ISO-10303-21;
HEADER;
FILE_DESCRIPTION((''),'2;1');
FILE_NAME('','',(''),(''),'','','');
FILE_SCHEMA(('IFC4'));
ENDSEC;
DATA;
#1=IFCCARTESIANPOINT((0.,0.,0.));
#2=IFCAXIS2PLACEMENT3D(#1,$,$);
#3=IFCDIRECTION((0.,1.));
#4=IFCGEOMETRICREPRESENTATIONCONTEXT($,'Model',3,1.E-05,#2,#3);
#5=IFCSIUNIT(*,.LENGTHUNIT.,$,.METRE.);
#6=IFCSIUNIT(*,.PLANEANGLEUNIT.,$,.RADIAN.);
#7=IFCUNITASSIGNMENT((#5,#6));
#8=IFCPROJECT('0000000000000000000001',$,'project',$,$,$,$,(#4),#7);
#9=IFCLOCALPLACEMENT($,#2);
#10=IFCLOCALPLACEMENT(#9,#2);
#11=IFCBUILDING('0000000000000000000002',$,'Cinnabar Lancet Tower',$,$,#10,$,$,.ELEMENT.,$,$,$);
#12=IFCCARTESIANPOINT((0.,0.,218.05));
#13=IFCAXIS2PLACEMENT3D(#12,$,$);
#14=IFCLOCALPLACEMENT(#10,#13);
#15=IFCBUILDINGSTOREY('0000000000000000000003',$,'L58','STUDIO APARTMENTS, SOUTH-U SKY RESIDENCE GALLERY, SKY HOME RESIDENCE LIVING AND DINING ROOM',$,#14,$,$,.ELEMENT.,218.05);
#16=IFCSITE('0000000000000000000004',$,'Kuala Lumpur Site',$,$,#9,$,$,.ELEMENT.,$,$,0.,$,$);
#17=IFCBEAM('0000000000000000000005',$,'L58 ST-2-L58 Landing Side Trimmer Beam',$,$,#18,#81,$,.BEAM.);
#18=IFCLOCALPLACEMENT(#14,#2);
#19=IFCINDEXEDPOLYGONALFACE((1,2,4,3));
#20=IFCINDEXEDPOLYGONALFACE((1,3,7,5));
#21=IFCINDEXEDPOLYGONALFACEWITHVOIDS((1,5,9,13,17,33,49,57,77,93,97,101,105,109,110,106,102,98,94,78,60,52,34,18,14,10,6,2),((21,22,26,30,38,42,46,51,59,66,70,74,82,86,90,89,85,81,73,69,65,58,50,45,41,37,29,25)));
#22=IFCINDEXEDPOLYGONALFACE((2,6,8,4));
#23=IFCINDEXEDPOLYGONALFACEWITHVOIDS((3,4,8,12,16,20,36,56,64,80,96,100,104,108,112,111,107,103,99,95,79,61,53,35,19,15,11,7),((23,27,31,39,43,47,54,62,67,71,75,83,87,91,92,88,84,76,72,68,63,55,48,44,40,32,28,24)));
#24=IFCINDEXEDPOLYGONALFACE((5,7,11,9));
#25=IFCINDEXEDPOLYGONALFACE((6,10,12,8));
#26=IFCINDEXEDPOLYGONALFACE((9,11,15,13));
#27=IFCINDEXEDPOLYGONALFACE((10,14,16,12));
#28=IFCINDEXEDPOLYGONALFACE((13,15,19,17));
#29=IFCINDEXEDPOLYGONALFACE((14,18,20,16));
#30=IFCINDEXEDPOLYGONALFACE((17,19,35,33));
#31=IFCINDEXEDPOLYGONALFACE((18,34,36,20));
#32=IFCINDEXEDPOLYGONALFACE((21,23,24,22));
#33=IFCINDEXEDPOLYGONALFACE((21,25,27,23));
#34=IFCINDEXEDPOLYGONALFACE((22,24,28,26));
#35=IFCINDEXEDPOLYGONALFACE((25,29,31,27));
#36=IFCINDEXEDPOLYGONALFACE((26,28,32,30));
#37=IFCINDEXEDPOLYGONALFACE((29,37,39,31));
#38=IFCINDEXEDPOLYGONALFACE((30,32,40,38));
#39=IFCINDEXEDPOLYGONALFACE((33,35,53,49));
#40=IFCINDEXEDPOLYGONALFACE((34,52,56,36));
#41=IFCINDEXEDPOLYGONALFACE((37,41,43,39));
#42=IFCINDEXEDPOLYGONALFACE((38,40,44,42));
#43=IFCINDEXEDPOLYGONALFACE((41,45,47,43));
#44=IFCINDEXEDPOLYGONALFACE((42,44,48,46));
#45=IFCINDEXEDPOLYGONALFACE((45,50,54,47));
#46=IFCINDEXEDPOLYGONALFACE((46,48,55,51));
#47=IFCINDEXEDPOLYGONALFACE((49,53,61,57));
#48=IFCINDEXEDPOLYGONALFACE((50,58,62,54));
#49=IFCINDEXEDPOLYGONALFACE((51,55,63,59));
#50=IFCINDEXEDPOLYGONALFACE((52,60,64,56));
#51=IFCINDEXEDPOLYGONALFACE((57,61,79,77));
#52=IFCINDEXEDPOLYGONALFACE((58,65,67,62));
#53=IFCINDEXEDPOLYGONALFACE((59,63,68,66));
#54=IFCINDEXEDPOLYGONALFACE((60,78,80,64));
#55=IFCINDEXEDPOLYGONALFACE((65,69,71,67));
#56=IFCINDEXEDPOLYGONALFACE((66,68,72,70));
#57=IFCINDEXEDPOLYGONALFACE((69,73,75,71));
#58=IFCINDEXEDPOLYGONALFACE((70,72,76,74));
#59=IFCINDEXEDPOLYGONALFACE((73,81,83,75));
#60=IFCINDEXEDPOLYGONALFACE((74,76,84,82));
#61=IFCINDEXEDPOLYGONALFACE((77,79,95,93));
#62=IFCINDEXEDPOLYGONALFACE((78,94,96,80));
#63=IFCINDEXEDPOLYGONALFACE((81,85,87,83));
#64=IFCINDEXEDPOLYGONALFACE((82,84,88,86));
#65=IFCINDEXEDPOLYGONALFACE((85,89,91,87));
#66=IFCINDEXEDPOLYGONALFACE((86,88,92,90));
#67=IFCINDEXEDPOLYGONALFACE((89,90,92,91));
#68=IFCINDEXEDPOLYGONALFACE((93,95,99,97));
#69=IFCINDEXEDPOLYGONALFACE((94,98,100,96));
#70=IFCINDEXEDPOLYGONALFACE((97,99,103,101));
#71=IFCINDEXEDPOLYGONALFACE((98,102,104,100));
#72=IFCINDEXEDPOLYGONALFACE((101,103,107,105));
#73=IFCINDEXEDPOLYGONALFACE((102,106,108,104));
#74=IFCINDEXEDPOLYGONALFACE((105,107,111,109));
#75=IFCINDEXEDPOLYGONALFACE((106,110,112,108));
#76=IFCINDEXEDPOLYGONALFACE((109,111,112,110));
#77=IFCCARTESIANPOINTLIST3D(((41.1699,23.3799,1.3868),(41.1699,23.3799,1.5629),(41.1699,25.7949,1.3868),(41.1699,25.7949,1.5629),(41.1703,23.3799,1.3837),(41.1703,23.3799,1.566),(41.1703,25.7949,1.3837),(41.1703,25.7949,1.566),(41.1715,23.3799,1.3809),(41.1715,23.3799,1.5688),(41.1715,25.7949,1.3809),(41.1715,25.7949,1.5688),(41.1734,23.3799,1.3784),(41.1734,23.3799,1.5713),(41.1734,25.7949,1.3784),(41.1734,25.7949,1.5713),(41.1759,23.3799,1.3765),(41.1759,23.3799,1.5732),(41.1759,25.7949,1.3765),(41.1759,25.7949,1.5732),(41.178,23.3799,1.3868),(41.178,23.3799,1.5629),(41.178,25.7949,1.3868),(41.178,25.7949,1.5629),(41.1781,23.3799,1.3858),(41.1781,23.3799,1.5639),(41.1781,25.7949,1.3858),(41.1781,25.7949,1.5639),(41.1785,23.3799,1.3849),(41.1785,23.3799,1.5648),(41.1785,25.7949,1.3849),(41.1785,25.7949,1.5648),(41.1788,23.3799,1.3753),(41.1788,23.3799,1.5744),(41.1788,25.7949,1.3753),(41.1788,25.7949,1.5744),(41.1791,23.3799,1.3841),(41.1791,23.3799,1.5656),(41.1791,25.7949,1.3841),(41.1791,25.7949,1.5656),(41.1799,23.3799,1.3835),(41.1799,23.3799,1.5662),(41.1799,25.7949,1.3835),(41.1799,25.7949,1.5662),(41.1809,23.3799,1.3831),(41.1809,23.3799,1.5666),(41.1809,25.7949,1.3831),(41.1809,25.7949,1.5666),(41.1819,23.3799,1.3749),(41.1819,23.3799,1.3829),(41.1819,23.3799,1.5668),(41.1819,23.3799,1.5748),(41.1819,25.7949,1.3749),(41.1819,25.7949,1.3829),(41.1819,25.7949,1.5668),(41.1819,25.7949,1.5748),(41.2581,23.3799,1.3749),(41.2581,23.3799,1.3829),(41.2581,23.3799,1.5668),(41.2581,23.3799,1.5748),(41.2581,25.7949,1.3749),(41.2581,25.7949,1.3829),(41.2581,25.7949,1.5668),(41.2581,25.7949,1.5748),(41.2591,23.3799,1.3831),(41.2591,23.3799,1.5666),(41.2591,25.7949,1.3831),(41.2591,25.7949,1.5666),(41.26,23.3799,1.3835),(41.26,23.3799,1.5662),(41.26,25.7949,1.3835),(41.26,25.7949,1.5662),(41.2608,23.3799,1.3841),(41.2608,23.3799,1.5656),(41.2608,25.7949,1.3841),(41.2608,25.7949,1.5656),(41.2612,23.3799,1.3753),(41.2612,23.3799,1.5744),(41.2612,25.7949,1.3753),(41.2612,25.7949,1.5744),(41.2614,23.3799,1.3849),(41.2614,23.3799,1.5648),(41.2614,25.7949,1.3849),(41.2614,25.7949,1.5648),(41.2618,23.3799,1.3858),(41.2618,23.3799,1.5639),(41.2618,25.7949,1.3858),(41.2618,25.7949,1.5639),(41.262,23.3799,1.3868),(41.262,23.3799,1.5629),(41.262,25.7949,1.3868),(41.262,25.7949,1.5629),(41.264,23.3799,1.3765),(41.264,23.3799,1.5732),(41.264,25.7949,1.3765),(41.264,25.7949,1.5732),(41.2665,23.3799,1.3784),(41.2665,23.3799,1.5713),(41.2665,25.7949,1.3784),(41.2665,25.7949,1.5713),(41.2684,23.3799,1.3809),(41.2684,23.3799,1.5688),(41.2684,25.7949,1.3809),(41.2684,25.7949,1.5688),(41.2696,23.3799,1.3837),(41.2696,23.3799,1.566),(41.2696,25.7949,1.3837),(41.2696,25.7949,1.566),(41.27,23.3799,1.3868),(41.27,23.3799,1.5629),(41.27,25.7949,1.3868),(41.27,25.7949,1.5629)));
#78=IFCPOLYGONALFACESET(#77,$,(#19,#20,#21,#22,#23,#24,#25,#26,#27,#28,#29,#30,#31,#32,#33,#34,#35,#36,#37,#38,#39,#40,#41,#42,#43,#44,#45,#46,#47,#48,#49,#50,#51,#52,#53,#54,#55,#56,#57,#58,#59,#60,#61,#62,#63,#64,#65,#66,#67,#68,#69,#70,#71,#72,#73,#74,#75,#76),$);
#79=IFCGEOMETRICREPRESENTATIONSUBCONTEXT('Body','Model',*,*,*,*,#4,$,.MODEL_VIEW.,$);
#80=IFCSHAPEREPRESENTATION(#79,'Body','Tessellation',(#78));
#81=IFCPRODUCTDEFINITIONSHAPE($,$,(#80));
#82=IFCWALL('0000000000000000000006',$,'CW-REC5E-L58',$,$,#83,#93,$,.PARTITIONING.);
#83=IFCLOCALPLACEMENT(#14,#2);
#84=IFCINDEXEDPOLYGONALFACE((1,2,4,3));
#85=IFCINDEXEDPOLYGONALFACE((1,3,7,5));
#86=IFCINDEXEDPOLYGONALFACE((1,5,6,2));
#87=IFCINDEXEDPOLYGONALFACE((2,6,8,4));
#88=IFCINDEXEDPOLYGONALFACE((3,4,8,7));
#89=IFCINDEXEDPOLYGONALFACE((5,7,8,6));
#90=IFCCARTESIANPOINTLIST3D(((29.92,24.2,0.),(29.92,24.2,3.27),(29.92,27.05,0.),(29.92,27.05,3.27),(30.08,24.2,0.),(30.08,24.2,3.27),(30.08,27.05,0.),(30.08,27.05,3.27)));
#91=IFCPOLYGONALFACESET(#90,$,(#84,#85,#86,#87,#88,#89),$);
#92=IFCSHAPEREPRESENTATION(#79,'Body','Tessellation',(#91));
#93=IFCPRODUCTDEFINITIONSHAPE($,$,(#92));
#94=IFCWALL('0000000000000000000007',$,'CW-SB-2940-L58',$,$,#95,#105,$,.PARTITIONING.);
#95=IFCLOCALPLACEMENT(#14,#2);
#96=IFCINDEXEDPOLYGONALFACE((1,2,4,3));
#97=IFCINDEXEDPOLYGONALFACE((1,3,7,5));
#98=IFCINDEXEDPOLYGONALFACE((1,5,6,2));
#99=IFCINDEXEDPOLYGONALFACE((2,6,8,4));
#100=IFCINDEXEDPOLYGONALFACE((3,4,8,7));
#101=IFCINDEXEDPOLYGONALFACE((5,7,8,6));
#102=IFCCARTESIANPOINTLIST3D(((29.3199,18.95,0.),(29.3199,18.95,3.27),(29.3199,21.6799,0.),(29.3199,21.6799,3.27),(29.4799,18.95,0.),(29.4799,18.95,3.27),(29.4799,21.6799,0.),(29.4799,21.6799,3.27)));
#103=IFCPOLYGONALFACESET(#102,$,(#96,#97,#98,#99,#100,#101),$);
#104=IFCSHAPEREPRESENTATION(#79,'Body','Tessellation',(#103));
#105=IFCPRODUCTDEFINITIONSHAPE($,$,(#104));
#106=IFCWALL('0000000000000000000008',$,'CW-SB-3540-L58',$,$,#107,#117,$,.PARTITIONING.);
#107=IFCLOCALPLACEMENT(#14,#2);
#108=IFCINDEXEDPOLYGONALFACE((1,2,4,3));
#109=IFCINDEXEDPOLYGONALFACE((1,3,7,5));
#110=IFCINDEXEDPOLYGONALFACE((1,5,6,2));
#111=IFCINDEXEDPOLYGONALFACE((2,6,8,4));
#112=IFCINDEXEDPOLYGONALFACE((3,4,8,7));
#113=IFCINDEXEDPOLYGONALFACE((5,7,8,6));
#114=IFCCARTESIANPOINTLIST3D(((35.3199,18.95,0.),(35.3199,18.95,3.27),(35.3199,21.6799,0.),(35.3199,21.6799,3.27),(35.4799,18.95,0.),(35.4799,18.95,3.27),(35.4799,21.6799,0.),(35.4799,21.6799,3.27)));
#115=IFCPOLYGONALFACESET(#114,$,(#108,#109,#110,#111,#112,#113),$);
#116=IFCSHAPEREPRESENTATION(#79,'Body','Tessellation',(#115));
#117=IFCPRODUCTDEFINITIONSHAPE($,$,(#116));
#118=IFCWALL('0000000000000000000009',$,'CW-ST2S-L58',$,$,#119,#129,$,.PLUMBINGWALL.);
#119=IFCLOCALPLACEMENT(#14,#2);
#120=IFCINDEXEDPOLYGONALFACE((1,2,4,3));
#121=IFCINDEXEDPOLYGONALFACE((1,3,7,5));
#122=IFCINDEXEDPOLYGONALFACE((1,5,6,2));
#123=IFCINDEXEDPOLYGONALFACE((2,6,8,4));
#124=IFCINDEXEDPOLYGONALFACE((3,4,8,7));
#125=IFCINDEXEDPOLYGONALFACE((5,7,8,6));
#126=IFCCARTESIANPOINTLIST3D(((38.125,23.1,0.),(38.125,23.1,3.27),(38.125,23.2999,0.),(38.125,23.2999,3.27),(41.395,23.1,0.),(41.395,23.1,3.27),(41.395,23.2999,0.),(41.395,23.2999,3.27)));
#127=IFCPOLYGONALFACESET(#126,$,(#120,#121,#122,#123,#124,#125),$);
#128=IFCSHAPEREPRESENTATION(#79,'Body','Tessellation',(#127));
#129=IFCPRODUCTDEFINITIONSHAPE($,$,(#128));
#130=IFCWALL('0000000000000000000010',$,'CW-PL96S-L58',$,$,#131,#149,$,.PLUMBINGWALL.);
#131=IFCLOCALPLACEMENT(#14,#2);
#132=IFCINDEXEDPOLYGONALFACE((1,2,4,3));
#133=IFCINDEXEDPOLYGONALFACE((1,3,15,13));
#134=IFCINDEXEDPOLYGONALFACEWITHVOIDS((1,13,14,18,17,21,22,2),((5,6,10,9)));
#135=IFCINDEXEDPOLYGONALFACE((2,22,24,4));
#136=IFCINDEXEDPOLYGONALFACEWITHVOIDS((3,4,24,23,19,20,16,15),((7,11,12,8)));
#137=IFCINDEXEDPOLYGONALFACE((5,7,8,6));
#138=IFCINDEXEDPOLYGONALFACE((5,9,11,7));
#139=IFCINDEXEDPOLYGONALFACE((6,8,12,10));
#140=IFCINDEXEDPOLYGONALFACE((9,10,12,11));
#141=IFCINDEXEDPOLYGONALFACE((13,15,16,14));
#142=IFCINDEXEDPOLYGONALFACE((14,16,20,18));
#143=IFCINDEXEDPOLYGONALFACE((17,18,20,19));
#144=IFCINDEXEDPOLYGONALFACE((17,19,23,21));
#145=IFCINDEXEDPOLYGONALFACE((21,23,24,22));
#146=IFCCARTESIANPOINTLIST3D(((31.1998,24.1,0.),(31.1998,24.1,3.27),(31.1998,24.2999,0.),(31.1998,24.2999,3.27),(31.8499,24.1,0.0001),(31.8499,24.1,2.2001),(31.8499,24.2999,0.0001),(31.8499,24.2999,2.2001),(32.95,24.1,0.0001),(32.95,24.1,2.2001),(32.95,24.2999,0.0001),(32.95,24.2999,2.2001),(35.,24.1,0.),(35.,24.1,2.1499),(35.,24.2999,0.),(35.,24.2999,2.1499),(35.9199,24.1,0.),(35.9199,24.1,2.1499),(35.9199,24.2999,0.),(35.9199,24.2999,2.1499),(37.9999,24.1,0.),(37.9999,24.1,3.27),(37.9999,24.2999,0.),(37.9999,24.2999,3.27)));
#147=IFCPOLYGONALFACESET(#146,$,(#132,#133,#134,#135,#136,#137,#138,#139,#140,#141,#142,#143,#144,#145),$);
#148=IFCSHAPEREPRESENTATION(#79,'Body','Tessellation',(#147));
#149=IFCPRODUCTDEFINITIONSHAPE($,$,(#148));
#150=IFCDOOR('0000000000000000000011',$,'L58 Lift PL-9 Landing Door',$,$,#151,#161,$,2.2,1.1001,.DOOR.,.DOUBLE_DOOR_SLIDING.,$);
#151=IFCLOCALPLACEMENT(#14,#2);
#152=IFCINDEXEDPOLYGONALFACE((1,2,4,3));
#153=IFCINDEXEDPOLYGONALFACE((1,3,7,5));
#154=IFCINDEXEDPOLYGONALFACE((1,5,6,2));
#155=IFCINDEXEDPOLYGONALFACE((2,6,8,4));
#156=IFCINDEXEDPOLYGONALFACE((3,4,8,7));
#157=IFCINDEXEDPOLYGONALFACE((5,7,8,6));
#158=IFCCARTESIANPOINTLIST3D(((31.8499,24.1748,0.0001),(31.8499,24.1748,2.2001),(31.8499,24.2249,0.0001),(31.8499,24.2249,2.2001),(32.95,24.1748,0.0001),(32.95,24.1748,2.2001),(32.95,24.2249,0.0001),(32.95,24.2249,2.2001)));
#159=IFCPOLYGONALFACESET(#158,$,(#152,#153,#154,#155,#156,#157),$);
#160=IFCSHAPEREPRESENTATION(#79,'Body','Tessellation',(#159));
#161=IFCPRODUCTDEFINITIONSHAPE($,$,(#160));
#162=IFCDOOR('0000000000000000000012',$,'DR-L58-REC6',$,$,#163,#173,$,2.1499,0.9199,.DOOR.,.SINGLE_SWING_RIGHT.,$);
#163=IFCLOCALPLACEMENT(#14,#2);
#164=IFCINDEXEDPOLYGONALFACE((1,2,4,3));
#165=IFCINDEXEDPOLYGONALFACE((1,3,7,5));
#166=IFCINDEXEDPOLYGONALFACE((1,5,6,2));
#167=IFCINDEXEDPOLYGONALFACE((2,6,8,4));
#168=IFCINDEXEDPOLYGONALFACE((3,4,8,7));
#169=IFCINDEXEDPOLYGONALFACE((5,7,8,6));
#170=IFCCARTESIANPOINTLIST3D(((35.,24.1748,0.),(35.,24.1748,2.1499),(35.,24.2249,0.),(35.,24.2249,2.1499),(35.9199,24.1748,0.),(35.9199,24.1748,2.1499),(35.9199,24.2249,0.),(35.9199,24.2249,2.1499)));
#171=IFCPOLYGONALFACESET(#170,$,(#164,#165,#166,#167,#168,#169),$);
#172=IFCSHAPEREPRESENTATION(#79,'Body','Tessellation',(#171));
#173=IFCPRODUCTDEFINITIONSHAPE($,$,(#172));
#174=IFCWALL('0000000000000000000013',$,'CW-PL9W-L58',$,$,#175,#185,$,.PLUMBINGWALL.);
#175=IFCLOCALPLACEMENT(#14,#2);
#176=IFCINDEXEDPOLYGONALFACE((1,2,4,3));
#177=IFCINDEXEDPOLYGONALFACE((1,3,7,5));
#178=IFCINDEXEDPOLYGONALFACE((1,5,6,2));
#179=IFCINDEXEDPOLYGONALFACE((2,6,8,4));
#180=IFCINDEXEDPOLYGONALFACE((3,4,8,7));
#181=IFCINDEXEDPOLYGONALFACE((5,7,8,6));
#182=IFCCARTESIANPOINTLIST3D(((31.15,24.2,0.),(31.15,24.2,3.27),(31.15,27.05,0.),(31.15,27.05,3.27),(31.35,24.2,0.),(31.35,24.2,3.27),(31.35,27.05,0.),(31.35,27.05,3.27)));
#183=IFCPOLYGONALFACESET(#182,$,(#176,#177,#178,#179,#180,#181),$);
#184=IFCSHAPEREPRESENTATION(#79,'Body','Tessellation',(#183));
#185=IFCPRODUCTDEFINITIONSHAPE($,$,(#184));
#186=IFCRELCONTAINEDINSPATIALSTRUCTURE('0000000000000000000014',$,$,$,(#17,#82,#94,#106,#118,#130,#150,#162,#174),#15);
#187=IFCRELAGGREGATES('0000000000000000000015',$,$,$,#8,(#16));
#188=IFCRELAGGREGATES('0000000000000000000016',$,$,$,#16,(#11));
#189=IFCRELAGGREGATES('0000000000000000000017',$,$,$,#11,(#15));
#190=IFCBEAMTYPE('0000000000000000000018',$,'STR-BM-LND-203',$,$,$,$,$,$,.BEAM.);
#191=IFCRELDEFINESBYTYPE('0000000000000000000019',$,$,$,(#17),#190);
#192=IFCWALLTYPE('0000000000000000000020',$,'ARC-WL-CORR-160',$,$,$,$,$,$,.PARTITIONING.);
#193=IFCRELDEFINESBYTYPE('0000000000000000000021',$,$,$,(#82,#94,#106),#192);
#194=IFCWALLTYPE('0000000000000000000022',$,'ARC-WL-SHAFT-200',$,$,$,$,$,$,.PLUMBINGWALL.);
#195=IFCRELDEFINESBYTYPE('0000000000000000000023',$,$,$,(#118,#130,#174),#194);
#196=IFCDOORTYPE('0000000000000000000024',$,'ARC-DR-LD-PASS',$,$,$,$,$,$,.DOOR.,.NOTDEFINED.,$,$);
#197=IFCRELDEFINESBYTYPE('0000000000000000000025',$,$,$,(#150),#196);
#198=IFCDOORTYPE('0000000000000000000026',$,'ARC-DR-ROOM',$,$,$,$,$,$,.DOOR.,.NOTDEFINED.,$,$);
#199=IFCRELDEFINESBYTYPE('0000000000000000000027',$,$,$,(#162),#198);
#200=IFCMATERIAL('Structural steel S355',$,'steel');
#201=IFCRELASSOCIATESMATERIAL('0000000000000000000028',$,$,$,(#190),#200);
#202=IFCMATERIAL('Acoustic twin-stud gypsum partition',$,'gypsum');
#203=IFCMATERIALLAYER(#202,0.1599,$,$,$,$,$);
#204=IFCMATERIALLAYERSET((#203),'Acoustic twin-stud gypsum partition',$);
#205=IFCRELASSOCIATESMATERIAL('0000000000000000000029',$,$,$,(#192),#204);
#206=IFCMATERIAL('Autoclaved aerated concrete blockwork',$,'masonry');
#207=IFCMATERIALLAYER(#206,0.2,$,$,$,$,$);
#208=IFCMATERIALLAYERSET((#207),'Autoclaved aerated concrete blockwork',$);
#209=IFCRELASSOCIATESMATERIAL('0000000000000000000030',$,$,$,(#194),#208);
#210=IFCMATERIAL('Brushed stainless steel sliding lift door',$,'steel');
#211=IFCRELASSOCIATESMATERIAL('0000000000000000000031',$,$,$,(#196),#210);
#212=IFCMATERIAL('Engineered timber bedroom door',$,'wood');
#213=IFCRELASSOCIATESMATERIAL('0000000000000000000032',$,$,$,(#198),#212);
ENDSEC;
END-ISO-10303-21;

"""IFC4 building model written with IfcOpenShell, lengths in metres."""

from ifc_helpers import new_model, si_unit, direction, frame, frame_2d, origin, origin_2d, place, context, subcontext, project, spatial, rectangle, hollow_rectangle, extrude, material, layer, layer_set, material_profile, profile_set, type_object, element, fill, save


model = new_model("IFC4")

# Units and contexts
model_context = context("Model", 3, precision=1e-05, world=origin(), true_north=direction((0.0, 1.0)))
body_context = subcontext(model_context, "Body", "Model", "MODEL_VIEW")
ifc_project = project(units=[si_unit("LENGTHUNIT", "METRE"), si_unit("PLANEANGLEUNIT", "RADIAN")], contexts=[model_context])

# Site, building, storey
site_placement = place(None, origin())
site = spatial("IfcSite", under=ifc_project, at=site_placement, Name="Kuala Lumpur Site", CompositionType="ELEMENT", RefElevation=0.0)
building_placement = place(site_placement, origin())
building = spatial("IfcBuilding", under=site, at=building_placement, Name="Cinnabar Lancet Tower", CompositionType="ELEMENT")
storey_placement = place(building_placement, frame((0.0, 0.0, 218.05)))
storey = spatial("IfcBuildingStorey", under=building, at=storey_placement, Name="L58", Description="STUDIO APARTMENTS, SOUTH-U SKY RESIDENCE GALLERY, SKY HOME RESIDENCE LIVING AND DINING ROOM", CompositionType="ELEMENT", Elevation=218.05)

# Beam
ifc_material_1 = material(Name="Structural steel S355", Category="steel")
ifc_material_profile = material_profile(ifc_material_1, hollow_rectangle(XDim=0.1001, YDim=0.2, WallThickness=0.0081, InnerFilletRadius=0.0039, OuterFilletRadius=0.012, at=origin_2d()), Name="RHS 200x100x8")
ifc_profile_set = profile_set([ifc_material_profile], Name="Structural steel S355")
beam_type = type_object("IfcBeamType", Name="STR-BM-LND-203", PredefinedType="BEAM", material=ifc_profile_set)
beam_placement = place(storey_placement, frame((41.22, 23.3799, 1.4749), z_axis=(0.0, 1.0, 0.0), x_axis=(-1.0, 0.0, 0.0)))
element("IfcBeam", 1, at=beam_placement, inside=storey, type_object=beam_type, Name="L58 ST-2-L58 Landing Side Trimmer Beam", PredefinedType="BEAM", context=body_context, shape_type="SweptSolid", body=[
    extrude(hollow_rectangle(XDim=0.1001, YDim=0.2, WallThickness=0.0081, InnerFilletRadius=0.0039, OuterFilletRadius=0.012, at=origin_2d()), origin(), (0.0, 0.0, 1.0), 2.415),
])

# Walls
ifc_material_2 = material(Name="Acoustic twin-stud gypsum partition", Category="gypsum")
ifc_layer_1 = layer(ifc_material_2, 0.1599)
ifc_layer_set_1 = layer_set([ifc_layer_1], Name="Acoustic twin-stud gypsum partition")
wall_type_1 = type_object("IfcWallType", Name="ARC-WL-CORR-160", PredefinedType="PARTITIONING", material=ifc_layer_set_1)
wall_1_placement = place(storey_placement, frame((30.0, 24.2, 0.0), z_axis=(0.0, 0.0, 1.0), x_axis=(0.0, 1.0, 0.0)))
element("IfcWall", 2, at=wall_1_placement, inside=storey, type_object=wall_type_1, Name="CW-REC5E-L58", PredefinedType="PARTITIONING", context=body_context, shape_type="SweptSolid", body=[
    extrude(rectangle(XDim=2.8501, YDim=0.1599, at=frame_2d((1.425, 0.0))), origin(), (0.0, 0.0, 1.0), 3.27),
])
for number, where, z_axis, x_axis, name in (
    (3, (29.3999, 18.95, 0.0), (0.0, 0.0, 1.0), (0.0, 1.0, 0.0), "CW-SB-2940-L58"),
    (4, (35.3999, 18.95, 0.0), (0.0, 0.0, 1.0), (0.0, 1.0, 0.0), "CW-SB-3540-L58"),
):
    element("IfcWall", number, at=place(storey_placement, frame(where, z_axis=z_axis, x_axis=x_axis)), inside=storey, type_object=wall_type_1, Name=name, PredefinedType="PARTITIONING", context=body_context, shape_type="SweptSolid", body=[
        extrude(rectangle(XDim=2.73, YDim=0.1599, at=frame_2d((1.365, 0.0))), origin(), (0.0, 0.0, 1.0), 3.27),
    ])
ifc_material_3 = material(Name="Autoclaved aerated concrete blockwork", Category="masonry")
ifc_layer_2 = layer(ifc_material_3, 0.2)
ifc_layer_set_2 = layer_set([ifc_layer_2], Name="Autoclaved aerated concrete blockwork")
wall_type_2 = type_object("IfcWallType", Name="ARC-WL-SHAFT-200", PredefinedType="PLUMBINGWALL", material=ifc_layer_set_2)
wall_2_placement = place(storey_placement, frame((38.125, 23.2, 0.0), z_axis=(0.0, 0.0, 1.0), x_axis=(1.0, 0.0, 0.0)))
element("IfcWall", 5, at=wall_2_placement, inside=storey, type_object=wall_type_2, Name="CW-ST2S-L58", PredefinedType="PLUMBINGWALL", context=body_context, shape_type="SweptSolid", body=[
    extrude(rectangle(XDim=3.27, YDim=0.2, at=frame_2d((1.635, 0.0))), origin(), (0.0, 0.0, 1.0), 3.27),
])

# Wall, openings, doors
wall_3_placement = place(storey_placement, frame((31.2, 24.2, 0.0), z_axis=(0.0, 0.0, 1.0), x_axis=(1.0, 0.0, 0.0)))
wall_3 = element("IfcWall", 6, at=wall_3_placement, inside=storey, type_object=wall_type_2, Name="CW-PL96S-L58", PredefinedType="PLUMBINGWALL", context=body_context, shape_type="SweptSolid", body=[
    extrude(rectangle(XDim=6.8, YDim=0.2, at=frame_2d((3.3999, 0.0))), origin(), (0.0, 0.0, 1.0), 3.27),
])
opening_1_placement = place(wall_3_placement, frame((0.6499, 0.0, 0.0)))
opening_1 = element("IfcOpeningElement", 7, at=opening_1_placement, cuts=wall_3, PredefinedType="OPENING", context=body_context, shape_type="SweptSolid", body=[
    extrude(rectangle(XDim=1.1001, YDim=2.2, at=frame_2d((0.55, 1.1001))), frame((0.0, 0.1099, 0.0), z_axis=(0.0, -1.0, 0.0), x_axis=(1.0, 0.0, 0.0)), (0.0, 0.0, 1.0), 0.22),
])
opening_2_placement = place(wall_3_placement, frame((3.8, 0.0, 0.0)))
opening_2 = element("IfcOpeningElement", 8, at=opening_2_placement, cuts=wall_3, PredefinedType="OPENING", context=body_context, shape_type="SweptSolid", body=[
    extrude(rectangle(XDim=0.9199, YDim=2.1499, at=frame_2d((0.46, 1.075))), frame((0.0, 0.1099, 0.0), z_axis=(0.0, -1.0, 0.0), x_axis=(1.0, 0.0, 0.0)), (0.0, 0.0, 1.0), 0.22),
])
ifc_material_4 = material(Name="Brushed stainless steel sliding lift door", Category="steel")
door_type_1 = type_object("IfcDoorType", Name="ARC-DR-LD-PASS", OperationType="NOTDEFINED", PredefinedType="DOOR", material=ifc_material_4)
door_1_placement = place(opening_1_placement, origin())
door_1 = element("IfcDoor", 9, at=door_1_placement, inside=storey, type_object=door_type_1, Name="L58 Lift PL-9 Landing Door", OperationType="DOUBLE_DOOR_SLIDING", OverallHeight=2.2, OverallWidth=1.1001, PredefinedType="DOOR", context=body_context, shape_type="SweptSolid", body=[
    extrude(rectangle(XDim=1.1001, YDim=2.2, at=frame_2d((0.55, 1.1001))), frame((0.0, 0.0249, 0.0), z_axis=(0.0, -1.0, 0.0), x_axis=(1.0, 0.0, 0.0)), (0.0, 0.0, 1.0), 0.05),
])
fill(opening_1, door_1)
ifc_material_5 = material(Name="Engineered timber bedroom door", Category="wood")
door_type_2 = type_object("IfcDoorType", Name="ARC-DR-ROOM", OperationType="NOTDEFINED", PredefinedType="DOOR", material=ifc_material_5)
door_2_placement = place(opening_2_placement, origin())
door_2 = element("IfcDoor", 10, at=door_2_placement, inside=storey, type_object=door_type_2, Name="DR-L58-REC6", OperationType="SINGLE_SWING_RIGHT", OverallHeight=2.1499, OverallWidth=0.9199, PredefinedType="DOOR", context=body_context, shape_type="SweptSolid", body=[
    extrude(rectangle(XDim=0.9199, YDim=2.1499, at=frame_2d((0.46, 1.075))), frame((0.0, 0.0249, 0.0), z_axis=(0.0, -1.0, 0.0), x_axis=(1.0, 0.0, 0.0)), (0.0, 0.0, 1.0), 0.05),
])
fill(opening_2, door_2)

# Wall
for number, where, z_axis, x_axis, name in (
    (11, (31.25, 24.2, 0.0), (0.0, 0.0, 1.0), (0.0, 1.0, 0.0), "CW-PL9W-L58"),
):
    element("IfcWall", number, at=place(storey_placement, frame(where, z_axis=z_axis, x_axis=x_axis)), inside=storey, type_object=wall_type_2, Name=name, PredefinedType="PLUMBINGWALL", context=body_context, shape_type="SweptSolid", body=[
        extrude(rectangle(XDim=2.8501, YDim=0.2, at=frame_2d((1.425, 0.0))), origin(), (0.0, 0.0, 1.0), 3.27),
    ])

save(model, "model.ifc")
